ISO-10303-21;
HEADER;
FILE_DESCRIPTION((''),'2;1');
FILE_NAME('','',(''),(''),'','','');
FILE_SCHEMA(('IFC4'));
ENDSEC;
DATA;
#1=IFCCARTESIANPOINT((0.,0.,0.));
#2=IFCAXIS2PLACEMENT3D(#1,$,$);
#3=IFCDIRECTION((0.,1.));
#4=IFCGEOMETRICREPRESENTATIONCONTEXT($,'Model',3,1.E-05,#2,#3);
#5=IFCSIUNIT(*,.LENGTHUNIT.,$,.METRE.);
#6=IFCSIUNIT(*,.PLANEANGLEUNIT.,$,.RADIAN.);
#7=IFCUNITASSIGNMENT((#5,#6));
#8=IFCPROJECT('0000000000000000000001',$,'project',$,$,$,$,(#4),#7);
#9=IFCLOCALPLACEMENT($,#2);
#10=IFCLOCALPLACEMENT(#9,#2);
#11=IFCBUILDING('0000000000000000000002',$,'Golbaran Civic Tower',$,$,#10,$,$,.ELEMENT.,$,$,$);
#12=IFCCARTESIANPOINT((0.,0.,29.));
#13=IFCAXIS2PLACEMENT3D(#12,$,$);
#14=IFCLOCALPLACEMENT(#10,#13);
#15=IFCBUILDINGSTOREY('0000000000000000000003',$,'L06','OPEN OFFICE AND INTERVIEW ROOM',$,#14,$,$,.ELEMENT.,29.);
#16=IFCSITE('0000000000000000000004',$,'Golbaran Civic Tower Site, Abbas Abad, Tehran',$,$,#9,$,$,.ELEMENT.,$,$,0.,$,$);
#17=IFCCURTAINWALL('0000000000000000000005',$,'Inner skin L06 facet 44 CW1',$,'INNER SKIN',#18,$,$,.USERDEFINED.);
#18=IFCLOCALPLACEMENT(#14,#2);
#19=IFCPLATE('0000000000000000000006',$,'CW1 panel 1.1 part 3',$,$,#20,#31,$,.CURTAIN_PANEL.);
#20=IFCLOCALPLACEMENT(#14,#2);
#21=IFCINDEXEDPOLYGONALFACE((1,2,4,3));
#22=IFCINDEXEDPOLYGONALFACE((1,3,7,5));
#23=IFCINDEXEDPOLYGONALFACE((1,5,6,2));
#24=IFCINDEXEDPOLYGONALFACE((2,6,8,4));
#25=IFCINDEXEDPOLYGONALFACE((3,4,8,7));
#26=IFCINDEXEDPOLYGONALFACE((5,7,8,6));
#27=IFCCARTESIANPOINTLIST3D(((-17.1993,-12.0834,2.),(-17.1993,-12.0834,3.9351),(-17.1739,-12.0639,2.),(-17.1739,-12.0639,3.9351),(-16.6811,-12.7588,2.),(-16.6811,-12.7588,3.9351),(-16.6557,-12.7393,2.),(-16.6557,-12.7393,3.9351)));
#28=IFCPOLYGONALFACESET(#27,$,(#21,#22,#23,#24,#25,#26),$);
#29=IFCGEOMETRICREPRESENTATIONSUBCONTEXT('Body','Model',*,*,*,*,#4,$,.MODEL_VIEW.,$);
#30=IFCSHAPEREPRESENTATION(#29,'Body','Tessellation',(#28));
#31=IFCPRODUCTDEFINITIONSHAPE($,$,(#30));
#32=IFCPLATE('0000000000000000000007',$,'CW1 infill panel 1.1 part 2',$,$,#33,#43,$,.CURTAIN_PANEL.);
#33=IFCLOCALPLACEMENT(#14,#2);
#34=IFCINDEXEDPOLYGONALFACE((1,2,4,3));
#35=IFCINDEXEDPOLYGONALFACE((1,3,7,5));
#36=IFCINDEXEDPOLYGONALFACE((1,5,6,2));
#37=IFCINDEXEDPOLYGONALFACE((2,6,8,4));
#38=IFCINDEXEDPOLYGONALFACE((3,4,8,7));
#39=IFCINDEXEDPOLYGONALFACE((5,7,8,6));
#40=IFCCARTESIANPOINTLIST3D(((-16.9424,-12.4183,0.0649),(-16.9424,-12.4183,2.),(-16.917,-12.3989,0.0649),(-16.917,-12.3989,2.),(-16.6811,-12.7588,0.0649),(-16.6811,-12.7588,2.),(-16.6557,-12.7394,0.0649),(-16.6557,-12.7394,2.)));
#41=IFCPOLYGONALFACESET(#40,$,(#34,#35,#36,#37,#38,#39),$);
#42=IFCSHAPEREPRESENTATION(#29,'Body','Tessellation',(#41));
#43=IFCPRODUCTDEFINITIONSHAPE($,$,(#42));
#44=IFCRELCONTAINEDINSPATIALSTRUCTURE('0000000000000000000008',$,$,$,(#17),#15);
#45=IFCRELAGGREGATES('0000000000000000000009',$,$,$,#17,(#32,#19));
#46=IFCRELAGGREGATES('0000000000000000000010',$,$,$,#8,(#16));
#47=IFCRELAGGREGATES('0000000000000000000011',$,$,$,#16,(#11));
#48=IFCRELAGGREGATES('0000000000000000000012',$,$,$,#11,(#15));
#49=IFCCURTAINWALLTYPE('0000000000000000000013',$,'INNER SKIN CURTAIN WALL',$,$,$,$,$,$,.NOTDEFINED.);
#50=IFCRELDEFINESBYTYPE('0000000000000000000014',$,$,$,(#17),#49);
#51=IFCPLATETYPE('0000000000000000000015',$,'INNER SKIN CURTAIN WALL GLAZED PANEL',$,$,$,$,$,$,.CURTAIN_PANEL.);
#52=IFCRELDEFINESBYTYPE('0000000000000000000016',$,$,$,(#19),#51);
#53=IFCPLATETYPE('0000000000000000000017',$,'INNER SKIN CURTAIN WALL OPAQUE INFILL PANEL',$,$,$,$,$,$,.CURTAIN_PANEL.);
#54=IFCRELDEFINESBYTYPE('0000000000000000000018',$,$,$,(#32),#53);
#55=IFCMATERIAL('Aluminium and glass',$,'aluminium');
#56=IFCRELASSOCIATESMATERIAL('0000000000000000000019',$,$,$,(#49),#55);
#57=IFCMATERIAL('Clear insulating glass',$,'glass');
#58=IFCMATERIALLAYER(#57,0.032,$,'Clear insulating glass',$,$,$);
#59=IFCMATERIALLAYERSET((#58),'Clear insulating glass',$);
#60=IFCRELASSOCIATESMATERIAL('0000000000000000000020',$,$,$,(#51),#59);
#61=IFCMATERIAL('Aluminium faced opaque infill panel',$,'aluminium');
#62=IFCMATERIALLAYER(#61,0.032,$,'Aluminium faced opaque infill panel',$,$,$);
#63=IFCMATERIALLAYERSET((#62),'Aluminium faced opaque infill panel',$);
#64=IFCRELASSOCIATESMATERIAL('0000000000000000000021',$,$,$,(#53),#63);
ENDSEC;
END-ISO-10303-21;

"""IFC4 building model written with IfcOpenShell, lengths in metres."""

from ifc_helpers import new_model, si_unit, direction, frame, origin, origin_2d, place, context, subcontext, project, spatial, rectangle, extrude, material, layer, layer_set, type_object, element, aggregate, save


model = new_model("IFC4")

# Units and contexts
model_context = context("Model", 3, precision=1e-05, world=origin(), true_north=direction((0.0, 1.0)))
body_context = subcontext(model_context, "Body", "Model", "MODEL_VIEW")
ifc_project = project(units=[si_unit("LENGTHUNIT", "METRE"), si_unit("PLANEANGLEUNIT", "RADIAN")], contexts=[model_context])

# Site, building, storey
site_placement = place(None, origin())
site = spatial("IfcSite", under=ifc_project, at=site_placement, Name="Golbaran Civic Tower Site, Abbas Abad, Tehran", CompositionType="ELEMENT", RefElevation=0.0)
building_placement = place(site_placement, origin())
building = spatial("IfcBuilding", under=site, at=building_placement, Name="Golbaran Civic Tower", CompositionType="ELEMENT")
storey_placement = place(building_placement, frame((0.0, 0.0, 29.0)))
storey = spatial("IfcBuildingStorey", under=building, at=storey_placement, Name="L06", Description="OPEN OFFICE AND INTERVIEW ROOM", CompositionType="ELEMENT", Elevation=29.0)

# Shared definitions
ifc_material_1 = material(Name="Aluminium and glass", Category="aluminium")
curtain_wall_type = type_object("IfcCurtainWallType", Name="INNER SKIN CURTAIN WALL", PredefinedType="NOTDEFINED", material=ifc_material_1)

# Curtain wall
curtain_wall_1_placement = place(storey_placement, origin())
curtain_wall_1 = element("IfcCurtainWall", 1, at=curtain_wall_1_placement, inside=storey, type_object=curtain_wall_type, Name="Inner skin L06 facet 44 CW1", ObjectType="INNER SKIN", PredefinedType="USERDEFINED")

# Plates
ifc_material_2 = material(Name="Clear insulating glass", Category="glass")
ifc_layer_1 = layer(ifc_material_2, 0.032, Name="Clear insulating glass")
ifc_layer_set_1 = layer_set([ifc_layer_1], Name="Clear insulating glass")
plate_type_1 = type_object("IfcPlateType", Name="INNER SKIN CURTAIN WALL GLAZED PANEL", PredefinedType="CURTAIN_PANEL", material=ifc_layer_set_1)
plate_1_placement = place(storey_placement, frame((-16.9275, -12.4114, 2.0), z_axis=(0.0, 0.0, 1.0), x_axis=(0.608761, -0.793353, 0.0)))
plate_1 = element("IfcPlate", 2, at=plate_1_placement, type_object=plate_type_1, Name="CW1 panel 1.1 part 3", PredefinedType="CURTAIN_PANEL", context=body_context, shape_type="SweptSolid", body=[
    extrude(rectangle(XDim=0.8513, YDim=0.032, at=origin_2d()), origin(), (0.0, 0.0, 1.0), 1.9351),
])
ifc_material_3 = material(Name="Aluminium faced opaque infill panel", Category="aluminium")
ifc_layer_2 = layer(ifc_material_3, 0.032, Name="Aluminium faced opaque infill panel")
ifc_layer_set_2 = layer_set([ifc_layer_2], Name="Aluminium faced opaque infill panel")
plate_type_2 = type_object("IfcPlateType", Name="INNER SKIN CURTAIN WALL OPAQUE INFILL PANEL", PredefinedType="CURTAIN_PANEL", material=ifc_layer_set_2)
plate_2_placement = place(storey_placement, frame((-16.7991, -12.5789, 0.0649), z_axis=(0.0, 0.0, 1.0), x_axis=(0.608761, -0.793353, 0.0)))
plate_2 = element("IfcPlate", 3, at=plate_2_placement, type_object=plate_type_2, Name="CW1 infill panel 1.1 part 2", PredefinedType="CURTAIN_PANEL", context=body_context, shape_type="SweptSolid", body=[
    extrude(rectangle(XDim=0.4292, YDim=0.032, at=origin_2d()), origin(), (0.0, 0.0, 1.0), 1.9351),
])
aggregate(curtain_wall_1, [plate_2, plate_1])

save(model, "model.ifc")
